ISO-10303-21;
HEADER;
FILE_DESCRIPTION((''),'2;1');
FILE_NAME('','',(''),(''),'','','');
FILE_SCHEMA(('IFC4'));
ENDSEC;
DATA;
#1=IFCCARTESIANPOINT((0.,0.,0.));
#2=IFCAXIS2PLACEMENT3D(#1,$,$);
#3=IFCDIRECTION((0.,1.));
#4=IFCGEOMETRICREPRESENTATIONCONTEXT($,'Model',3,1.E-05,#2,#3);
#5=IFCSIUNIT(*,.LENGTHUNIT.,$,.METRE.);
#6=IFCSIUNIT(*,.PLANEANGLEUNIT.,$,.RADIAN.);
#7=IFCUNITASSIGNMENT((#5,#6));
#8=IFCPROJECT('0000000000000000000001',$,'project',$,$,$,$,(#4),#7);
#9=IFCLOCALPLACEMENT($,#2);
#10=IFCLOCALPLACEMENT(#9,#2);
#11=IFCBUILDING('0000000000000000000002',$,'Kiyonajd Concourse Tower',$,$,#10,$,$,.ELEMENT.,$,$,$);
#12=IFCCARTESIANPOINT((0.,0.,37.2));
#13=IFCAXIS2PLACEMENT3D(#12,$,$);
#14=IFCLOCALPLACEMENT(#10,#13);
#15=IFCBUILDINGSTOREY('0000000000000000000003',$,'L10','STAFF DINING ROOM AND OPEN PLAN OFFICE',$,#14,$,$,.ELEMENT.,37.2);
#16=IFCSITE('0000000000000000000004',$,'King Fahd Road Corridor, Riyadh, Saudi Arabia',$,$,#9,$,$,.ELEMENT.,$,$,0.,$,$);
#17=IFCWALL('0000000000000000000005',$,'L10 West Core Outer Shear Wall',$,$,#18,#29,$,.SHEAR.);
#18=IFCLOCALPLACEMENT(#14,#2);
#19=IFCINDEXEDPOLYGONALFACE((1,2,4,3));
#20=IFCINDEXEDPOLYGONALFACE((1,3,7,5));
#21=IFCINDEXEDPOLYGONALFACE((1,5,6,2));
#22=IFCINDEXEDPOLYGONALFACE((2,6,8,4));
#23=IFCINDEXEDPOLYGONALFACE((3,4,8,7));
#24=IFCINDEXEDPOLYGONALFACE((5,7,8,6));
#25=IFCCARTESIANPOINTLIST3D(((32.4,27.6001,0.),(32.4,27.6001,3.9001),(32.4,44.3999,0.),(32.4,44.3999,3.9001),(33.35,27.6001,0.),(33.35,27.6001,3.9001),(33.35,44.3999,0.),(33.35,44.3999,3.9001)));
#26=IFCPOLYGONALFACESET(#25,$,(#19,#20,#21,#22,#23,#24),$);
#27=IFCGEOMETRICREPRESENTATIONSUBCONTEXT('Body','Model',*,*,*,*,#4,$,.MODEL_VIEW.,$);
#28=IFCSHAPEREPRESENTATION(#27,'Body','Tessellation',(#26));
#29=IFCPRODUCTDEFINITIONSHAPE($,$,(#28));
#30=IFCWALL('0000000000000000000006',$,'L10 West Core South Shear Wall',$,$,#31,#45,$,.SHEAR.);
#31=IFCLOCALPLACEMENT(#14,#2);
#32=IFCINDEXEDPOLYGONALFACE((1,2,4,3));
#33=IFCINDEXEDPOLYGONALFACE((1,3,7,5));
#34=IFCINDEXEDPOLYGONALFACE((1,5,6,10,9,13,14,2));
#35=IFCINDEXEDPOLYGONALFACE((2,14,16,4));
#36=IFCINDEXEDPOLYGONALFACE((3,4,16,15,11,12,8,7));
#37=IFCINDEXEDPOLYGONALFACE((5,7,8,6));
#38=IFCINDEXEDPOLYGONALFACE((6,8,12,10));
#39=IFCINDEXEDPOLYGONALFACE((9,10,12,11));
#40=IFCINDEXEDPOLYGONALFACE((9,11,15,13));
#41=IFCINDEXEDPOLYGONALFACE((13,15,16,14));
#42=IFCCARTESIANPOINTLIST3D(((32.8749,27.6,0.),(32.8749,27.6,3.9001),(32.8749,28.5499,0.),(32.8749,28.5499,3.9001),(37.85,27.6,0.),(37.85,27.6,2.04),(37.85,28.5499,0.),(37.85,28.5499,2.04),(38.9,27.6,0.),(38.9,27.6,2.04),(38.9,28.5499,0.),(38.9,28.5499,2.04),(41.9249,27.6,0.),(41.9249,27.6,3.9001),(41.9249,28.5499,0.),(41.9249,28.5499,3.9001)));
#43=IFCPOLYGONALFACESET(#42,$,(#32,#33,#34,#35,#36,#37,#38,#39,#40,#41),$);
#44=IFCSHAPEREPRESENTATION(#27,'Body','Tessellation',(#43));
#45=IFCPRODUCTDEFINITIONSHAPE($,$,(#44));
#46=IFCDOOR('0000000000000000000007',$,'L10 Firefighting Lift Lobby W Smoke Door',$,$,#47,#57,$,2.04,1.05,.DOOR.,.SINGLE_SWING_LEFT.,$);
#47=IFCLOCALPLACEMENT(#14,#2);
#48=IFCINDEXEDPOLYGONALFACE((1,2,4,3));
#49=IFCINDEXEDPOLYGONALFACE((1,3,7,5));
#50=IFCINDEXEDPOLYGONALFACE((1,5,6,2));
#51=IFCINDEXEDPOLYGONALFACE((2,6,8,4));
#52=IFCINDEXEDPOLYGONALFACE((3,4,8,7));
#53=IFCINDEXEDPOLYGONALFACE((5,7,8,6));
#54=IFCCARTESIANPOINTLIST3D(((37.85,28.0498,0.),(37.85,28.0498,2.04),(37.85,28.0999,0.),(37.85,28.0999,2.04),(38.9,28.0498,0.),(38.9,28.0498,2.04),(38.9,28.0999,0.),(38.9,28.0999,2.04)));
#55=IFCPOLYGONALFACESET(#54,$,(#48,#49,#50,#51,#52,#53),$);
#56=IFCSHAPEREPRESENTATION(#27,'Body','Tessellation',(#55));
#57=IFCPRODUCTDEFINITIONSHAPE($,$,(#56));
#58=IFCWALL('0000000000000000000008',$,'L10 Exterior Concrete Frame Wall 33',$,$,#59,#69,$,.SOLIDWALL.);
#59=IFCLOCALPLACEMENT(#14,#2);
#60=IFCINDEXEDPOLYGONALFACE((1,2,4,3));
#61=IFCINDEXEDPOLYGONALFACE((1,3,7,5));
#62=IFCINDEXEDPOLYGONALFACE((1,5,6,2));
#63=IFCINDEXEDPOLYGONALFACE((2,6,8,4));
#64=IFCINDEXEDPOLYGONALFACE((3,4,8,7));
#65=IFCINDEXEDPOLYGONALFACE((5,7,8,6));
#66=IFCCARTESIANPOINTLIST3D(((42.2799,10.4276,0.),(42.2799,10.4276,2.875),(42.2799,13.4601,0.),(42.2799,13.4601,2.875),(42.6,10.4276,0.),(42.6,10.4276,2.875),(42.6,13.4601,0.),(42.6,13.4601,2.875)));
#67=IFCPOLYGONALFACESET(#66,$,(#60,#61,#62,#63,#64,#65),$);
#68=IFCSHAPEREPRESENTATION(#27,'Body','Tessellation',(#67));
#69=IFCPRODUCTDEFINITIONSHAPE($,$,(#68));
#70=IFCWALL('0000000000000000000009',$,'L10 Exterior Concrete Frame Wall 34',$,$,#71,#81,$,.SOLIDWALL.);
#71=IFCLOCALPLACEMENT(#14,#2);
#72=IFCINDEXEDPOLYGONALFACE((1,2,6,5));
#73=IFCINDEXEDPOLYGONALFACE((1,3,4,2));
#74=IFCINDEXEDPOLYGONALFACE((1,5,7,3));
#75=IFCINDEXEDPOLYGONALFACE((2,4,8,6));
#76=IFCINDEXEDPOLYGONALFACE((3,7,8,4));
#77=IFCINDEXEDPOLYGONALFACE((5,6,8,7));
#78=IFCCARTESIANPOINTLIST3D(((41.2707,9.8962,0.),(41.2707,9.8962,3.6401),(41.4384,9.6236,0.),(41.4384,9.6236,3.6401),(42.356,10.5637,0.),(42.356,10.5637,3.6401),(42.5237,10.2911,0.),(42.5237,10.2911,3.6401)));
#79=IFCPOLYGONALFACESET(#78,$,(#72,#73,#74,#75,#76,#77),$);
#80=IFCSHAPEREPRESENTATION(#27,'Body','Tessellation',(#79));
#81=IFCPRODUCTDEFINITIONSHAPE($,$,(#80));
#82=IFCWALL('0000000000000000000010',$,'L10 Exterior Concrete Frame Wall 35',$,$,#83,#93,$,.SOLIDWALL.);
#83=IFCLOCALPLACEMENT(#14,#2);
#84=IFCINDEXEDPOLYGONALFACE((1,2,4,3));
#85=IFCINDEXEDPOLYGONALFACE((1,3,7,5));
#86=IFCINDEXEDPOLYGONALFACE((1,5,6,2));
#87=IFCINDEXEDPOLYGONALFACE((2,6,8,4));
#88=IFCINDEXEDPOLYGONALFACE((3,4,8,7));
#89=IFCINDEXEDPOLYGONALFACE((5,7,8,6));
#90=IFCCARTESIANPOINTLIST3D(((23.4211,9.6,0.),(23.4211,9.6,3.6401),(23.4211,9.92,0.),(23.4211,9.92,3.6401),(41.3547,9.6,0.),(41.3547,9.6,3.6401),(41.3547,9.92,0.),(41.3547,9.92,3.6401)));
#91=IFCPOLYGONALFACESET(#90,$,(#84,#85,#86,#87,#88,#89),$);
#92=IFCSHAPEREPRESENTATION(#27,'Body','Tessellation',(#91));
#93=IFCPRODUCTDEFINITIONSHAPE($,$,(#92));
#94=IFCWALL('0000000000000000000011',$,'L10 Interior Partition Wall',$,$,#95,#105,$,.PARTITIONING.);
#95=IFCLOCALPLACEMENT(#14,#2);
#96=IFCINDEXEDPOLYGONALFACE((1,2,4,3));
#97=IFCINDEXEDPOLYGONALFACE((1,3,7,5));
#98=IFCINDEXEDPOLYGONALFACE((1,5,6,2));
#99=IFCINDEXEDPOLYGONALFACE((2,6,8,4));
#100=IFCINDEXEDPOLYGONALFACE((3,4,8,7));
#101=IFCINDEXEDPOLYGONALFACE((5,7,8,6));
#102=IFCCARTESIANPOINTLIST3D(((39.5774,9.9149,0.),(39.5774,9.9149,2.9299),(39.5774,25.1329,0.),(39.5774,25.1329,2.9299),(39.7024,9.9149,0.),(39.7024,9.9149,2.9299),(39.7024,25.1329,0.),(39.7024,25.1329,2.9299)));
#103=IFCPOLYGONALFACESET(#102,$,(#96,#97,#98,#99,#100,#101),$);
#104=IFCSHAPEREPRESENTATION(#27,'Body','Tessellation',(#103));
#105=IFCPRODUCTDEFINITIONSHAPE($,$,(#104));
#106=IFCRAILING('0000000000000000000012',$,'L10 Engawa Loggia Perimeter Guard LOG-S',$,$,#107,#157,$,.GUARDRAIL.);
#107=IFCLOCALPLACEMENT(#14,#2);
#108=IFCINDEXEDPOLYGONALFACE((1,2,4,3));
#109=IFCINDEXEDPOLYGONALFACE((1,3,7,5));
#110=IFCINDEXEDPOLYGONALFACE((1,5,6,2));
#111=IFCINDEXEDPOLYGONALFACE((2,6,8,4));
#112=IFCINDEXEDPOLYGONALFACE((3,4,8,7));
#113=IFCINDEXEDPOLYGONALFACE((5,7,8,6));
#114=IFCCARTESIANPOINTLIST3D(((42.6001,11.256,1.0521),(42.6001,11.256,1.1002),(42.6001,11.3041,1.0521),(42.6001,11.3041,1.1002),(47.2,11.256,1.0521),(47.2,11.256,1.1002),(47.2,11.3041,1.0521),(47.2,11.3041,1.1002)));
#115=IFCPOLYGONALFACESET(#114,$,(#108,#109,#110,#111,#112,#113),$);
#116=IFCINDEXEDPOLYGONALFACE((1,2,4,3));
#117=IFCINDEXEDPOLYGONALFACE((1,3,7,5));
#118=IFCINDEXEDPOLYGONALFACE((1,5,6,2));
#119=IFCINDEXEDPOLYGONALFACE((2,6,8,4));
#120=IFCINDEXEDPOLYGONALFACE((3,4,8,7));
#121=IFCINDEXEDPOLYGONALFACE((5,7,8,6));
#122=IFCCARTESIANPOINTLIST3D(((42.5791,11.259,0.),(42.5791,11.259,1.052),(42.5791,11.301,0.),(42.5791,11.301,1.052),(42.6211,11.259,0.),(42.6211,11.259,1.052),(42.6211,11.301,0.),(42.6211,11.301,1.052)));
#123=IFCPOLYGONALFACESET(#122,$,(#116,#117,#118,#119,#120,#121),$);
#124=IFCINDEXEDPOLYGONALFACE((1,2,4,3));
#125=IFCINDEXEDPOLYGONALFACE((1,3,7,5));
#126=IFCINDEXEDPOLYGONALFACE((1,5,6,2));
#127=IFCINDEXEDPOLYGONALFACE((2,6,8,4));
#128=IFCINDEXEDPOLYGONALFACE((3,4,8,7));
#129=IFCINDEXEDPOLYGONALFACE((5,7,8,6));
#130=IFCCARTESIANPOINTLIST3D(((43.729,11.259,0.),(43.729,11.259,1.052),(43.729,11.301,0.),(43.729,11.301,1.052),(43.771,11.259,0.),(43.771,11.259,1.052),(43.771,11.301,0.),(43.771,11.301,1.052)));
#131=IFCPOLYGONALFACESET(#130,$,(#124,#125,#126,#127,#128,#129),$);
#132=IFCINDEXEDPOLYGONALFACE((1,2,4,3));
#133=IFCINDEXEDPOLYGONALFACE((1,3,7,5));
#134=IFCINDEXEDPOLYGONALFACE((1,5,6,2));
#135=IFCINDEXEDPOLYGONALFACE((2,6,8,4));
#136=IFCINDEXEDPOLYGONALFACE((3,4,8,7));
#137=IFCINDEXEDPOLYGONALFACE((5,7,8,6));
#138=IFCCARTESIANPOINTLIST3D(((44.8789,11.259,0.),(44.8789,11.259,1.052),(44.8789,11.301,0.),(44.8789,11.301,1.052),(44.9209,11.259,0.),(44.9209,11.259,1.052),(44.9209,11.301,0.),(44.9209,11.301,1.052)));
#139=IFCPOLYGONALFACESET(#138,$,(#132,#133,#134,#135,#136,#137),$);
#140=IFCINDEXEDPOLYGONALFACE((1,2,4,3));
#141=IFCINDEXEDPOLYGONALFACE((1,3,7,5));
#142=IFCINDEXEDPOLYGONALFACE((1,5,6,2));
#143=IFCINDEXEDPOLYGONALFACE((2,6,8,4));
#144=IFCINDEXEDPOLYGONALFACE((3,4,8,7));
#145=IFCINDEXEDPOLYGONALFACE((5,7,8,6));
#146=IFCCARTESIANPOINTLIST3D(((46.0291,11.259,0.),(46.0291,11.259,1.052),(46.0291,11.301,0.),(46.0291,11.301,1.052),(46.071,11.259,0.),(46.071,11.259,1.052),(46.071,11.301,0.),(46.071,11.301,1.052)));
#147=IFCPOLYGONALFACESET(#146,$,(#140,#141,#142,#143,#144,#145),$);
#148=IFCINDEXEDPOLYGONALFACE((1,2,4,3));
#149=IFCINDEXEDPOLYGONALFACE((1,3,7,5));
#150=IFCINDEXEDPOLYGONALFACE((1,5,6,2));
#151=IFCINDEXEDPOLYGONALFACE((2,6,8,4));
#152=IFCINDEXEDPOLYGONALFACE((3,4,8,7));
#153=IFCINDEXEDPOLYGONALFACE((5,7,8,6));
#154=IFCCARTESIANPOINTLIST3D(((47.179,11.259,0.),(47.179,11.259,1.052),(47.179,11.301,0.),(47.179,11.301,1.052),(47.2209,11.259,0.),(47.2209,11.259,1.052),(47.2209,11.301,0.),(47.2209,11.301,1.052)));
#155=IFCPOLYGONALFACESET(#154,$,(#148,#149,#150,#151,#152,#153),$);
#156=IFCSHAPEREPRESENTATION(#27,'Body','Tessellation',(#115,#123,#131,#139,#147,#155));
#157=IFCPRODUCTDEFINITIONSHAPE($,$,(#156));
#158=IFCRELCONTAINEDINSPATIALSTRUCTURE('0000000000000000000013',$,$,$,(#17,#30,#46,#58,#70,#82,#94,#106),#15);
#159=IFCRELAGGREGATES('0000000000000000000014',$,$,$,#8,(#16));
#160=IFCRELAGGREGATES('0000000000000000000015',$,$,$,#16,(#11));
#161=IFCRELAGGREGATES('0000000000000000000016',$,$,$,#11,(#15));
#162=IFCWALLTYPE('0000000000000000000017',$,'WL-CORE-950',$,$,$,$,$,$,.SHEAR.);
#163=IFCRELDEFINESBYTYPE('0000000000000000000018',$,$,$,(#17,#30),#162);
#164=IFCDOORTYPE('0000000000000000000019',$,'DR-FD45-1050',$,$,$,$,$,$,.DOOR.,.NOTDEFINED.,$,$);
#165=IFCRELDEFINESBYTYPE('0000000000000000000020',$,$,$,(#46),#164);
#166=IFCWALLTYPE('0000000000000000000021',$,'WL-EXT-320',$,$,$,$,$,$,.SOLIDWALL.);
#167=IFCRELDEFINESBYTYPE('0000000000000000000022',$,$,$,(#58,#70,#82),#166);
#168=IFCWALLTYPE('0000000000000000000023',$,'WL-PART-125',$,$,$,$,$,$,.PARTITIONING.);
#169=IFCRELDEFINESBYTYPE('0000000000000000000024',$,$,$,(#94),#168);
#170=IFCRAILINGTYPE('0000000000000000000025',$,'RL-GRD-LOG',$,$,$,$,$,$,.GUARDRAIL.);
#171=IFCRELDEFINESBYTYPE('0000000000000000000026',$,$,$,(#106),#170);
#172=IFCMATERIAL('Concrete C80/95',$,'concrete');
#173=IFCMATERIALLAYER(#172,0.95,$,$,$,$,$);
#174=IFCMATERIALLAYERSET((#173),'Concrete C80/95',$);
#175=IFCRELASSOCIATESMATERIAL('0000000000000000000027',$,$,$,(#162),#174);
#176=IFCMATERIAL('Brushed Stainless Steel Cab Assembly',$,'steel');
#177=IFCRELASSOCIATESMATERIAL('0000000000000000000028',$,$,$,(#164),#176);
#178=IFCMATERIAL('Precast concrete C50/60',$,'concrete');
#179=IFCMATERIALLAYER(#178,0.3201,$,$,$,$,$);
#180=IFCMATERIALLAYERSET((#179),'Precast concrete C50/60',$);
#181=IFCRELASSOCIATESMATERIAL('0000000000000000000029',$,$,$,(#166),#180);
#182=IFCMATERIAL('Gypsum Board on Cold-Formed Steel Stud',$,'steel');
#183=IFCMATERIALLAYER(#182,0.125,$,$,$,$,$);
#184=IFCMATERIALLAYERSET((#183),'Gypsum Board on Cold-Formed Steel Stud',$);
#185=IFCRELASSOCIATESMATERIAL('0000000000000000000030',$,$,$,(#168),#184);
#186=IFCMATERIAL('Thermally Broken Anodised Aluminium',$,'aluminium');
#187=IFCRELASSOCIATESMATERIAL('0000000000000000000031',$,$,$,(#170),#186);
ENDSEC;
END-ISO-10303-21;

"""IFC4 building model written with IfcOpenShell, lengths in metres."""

from ifc_helpers import new_model, si_unit, direction, frame, frame_2d, origin, origin_2d, place, context, subcontext, project, spatial, rectangle, extrude, material, layer, layer_set, type_object, element, fill, save


model = new_model("IFC4")

# Units and contexts
model_context = context("Model", 3, precision=1e-05, world=origin(), true_north=direction((0.0, 1.0)))
body_context = subcontext(model_context, "Body", "Model", "MODEL_VIEW")
ifc_project = project(units=[si_unit("LENGTHUNIT", "METRE"), si_unit("PLANEANGLEUNIT", "RADIAN")], contexts=[model_context])

# Site, building, storey
site_placement = place(None, origin())
site = spatial("IfcSite", under=ifc_project, at=site_placement, Name="King Fahd Road Corridor, Riyadh, Saudi Arabia", CompositionType="ELEMENT", RefElevation=0.0)
building_placement = place(site_placement, origin())
building = spatial("IfcBuilding", under=site, at=building_placement, Name="Kiyonajd Concourse Tower", CompositionType="ELEMENT")
storey_placement = place(building_placement, frame((0.0, 0.0, 37.2)))
storey = spatial("IfcBuildingStorey", under=building, at=storey_placement, Name="L10", Description="STAFF DINING ROOM AND OPEN PLAN OFFICE", CompositionType="ELEMENT", Elevation=37.2)

# Shared definitions
ifc_material_1 = material(Name="Concrete C80/95", Category="concrete")

# Shared definitions
ifc_material_2 = material(Name="Precast concrete C50/60", Category="concrete")

# Shared definitions
ifc_material_3 = material(Name="Thermally Broken Anodised Aluminium", Category="aluminium")

# Wall
ifc_layer_1 = layer(ifc_material_1, 0.95)
ifc_layer_set_1 = layer_set([ifc_layer_1], Name="Concrete C80/95")
wall_type_1 = type_object("IfcWallType", Name="WL-CORE-950", PredefinedType="SHEAR", material=ifc_layer_set_1)
wall_1_placement = place(storey_placement, frame((32.875, 27.6001, 0.0), z_axis=(0.0, 0.0, 1.0), x_axis=(0.0, 1.0, 0.0)))
element("IfcWall", 1, at=wall_1_placement, inside=storey, type_object=wall_type_1, Name="L10 West Core Outer Shear Wall", PredefinedType="SHEAR", context=body_context, shape_type="SweptSolid", body=[
    extrude(rectangle(XDim=16.7998, YDim=0.95, at=frame_2d((8.3999, 0.0))), origin(), (0.0, 0.0, 1.0), 3.9001),
])

# Wall, opening, door
wall_2_placement = place(storey_placement, frame((32.875, 28.075, 0.0), z_axis=(0.0, 0.0, 1.0), x_axis=(1.0, 0.0, 0.0)))
wall_2 = element("IfcWall", 2, at=wall_2_placement, inside=storey, type_object=wall_type_1, Name="L10 West Core South Shear Wall", PredefinedType="SHEAR", context=body_context, shape_type="SweptSolid", body=[
    extrude(rectangle(XDim=9.05, YDim=0.95, at=frame_2d((4.5249, 0.0))), origin(), (0.0, 0.0, 1.0), 3.9001),
])
opening_placement = place(wall_2_placement, frame((4.9751, 0.0, 0.0)))
opening = element("IfcOpeningElement", 3, at=opening_placement, cuts=wall_2, PredefinedType="OPENING", context=body_context, shape_type="SweptSolid", body=[
    extrude(rectangle(XDim=1.05, YDim=2.04, at=frame_2d((0.5249, 1.02))), frame((0.0, 0.4849, 0.0), z_axis=(0.0, -1.0, 0.0), x_axis=(1.0, 0.0, 0.0)), (0.0, 0.0, 1.0), 0.97),
])
ifc_material_4 = material(Name="Brushed Stainless Steel Cab Assembly", Category="steel")
door_type = type_object("IfcDoorType", Name="DR-FD45-1050", OperationType="NOTDEFINED", PredefinedType="DOOR", material=ifc_material_4)
door_placement = place(opening_placement, origin())
door = element("IfcDoor", 4, at=door_placement, inside=storey, type_object=door_type, Name="L10 Firefighting Lift Lobby W Smoke Door", OperationType="SINGLE_SWING_LEFT", OverallHeight=2.04, OverallWidth=1.05, PredefinedType="DOOR", context=body_context, shape_type="SweptSolid", body=[
    extrude(rectangle(XDim=1.05, YDim=2.04, at=frame_2d((0.5249, 1.02))), frame((0.0, 0.0249, 0.0), z_axis=(0.0, -1.0, 0.0), x_axis=(1.0, 0.0, 0.0)), (0.0, 0.0, 1.0), 0.05),
])
fill(opening, door)

# Walls
ifc_layer_2 = layer(ifc_material_2, 0.3201)
ifc_layer_set_2 = layer_set([ifc_layer_2], Name="Precast concrete C50/60")
wall_type_2 = type_object("IfcWallType", Name="WL-EXT-320", PredefinedType="SOLIDWALL", material=ifc_layer_set_2)
wall_3_placement = place(storey_placement, frame((42.4399, 13.46, 0.0), z_axis=(0.0, 0.0, 1.0), x_axis=(0.0, -1.0, 0.0)))
element("IfcWall", 5, at=wall_3_placement, inside=storey, type_object=wall_type_2, Name="L10 Exterior Concrete Frame Wall 33", PredefinedType="SOLIDWALL", context=body_context, shape_type="SweptSolid", body=[
    extrude(rectangle(XDim=3.0325, YDim=0.3201, at=frame_2d((1.5161, 0.0))), origin(), (0.0, 0.0, 1.0), 2.875),
])
wall_4_placement = place(storey_placement, frame((42.4399, 10.4275, 0.0), z_axis=(0.0, 0.0, 1.0), x_axis=(-0.851777, -0.523905, 0.0)))
element("IfcWall", 6, at=wall_4_placement, inside=storey, type_object=wall_type_2, Name="L10 Exterior Concrete Frame Wall 34", PredefinedType="SOLIDWALL", context=body_context, shape_type="SweptSolid", body=[
    extrude(rectangle(XDim=1.2742, YDim=0.3201, at=frame_2d((0.6372, 0.0))), origin(), (0.0, 0.0, 1.0), 3.6401),
])
wall_5_placement = place(storey_placement, frame((41.3547, 9.76, 0.0), z_axis=(0.0, 0.0, 1.0), x_axis=(-1.0, 0.0, 0.0)))
element("IfcWall", 7, at=wall_5_placement, inside=storey, type_object=wall_type_2, Name="L10 Exterior Concrete Frame Wall 35", PredefinedType="SOLIDWALL", context=body_context, shape_type="SweptSolid", body=[
    extrude(rectangle(XDim=17.9336, YDim=0.3201, at=frame_2d((8.9668, 0.0))), origin(), (0.0, 0.0, 1.0), 3.6401),
])
ifc_material_5 = material(Name="Gypsum Board on Cold-Formed Steel Stud", Category="steel")
ifc_layer_3 = layer(ifc_material_5, 0.125)
ifc_layer_set_3 = layer_set([ifc_layer_3], Name="Gypsum Board on Cold-Formed Steel Stud")
wall_type_3 = type_object("IfcWallType", Name="WL-PART-125", PredefinedType="PARTITIONING", material=ifc_layer_set_3)
wall_6_placement = place(storey_placement, frame((39.6399, 9.915, 0.0), z_axis=(0.0, 0.0, 1.0), x_axis=(0.0, 1.0, 0.0)))
element("IfcWall", 8, at=wall_6_placement, inside=storey, type_object=wall_type_3, Name="L10 Interior Partition Wall", PredefinedType="PARTITIONING", context=body_context, shape_type="SweptSolid", body=[
    extrude(rectangle(XDim=15.218, YDim=0.125, at=frame_2d((7.6089, 0.0))), origin(), (0.0, 0.0, 1.0), 2.9299),
])

# Railing
railing_type = type_object("IfcRailingType", Name="RL-GRD-LOG", PredefinedType="GUARDRAIL", material=ifc_material_3)
railing_placement = place(storey_placement, frame((42.6001, 11.28, 0.0)))
element("IfcRailing", 9, at=railing_placement, inside=storey, type_object=railing_type, Name="L10 Engawa Loggia Perimeter Guard LOG-S", PredefinedType="GUARDRAIL", context=body_context, shape_type="SweptSolid", body=[
    extrude(rectangle(XDim=0.0481, YDim=0.0481, at=origin_2d()), frame((0.0, 0.0, 1.0762), z_axis=(1.0, 0.0, 0.0), x_axis=(0.0, 1.0, 0.0)), (0.0, 0.0, 1.0), 4.5999),
    extrude(rectangle(XDim=0.042, YDim=0.042, at=origin_2d()), origin(), (0.0, 0.0, 1.0), 1.052),
    extrude(rectangle(XDim=0.042, YDim=0.042, at=origin_2d()), frame((1.1499, 0.0, 0.0)), (0.0, 0.0, 1.0), 1.052),
    extrude(rectangle(XDim=0.042, YDim=0.042, at=origin_2d()), frame((2.2998, 0.0, 0.0)), (0.0, 0.0, 1.0), 1.052),
    extrude(rectangle(XDim=0.042, YDim=0.042, at=origin_2d()), frame((3.45, 0.0, 0.0)), (0.0, 0.0, 1.0), 1.052),
    extrude(rectangle(XDim=0.042, YDim=0.042, at=origin_2d()), frame((4.5999, 0.0, 0.0)), (0.0, 0.0, 1.0), 1.052),
])

save(model, "model.ifc")
